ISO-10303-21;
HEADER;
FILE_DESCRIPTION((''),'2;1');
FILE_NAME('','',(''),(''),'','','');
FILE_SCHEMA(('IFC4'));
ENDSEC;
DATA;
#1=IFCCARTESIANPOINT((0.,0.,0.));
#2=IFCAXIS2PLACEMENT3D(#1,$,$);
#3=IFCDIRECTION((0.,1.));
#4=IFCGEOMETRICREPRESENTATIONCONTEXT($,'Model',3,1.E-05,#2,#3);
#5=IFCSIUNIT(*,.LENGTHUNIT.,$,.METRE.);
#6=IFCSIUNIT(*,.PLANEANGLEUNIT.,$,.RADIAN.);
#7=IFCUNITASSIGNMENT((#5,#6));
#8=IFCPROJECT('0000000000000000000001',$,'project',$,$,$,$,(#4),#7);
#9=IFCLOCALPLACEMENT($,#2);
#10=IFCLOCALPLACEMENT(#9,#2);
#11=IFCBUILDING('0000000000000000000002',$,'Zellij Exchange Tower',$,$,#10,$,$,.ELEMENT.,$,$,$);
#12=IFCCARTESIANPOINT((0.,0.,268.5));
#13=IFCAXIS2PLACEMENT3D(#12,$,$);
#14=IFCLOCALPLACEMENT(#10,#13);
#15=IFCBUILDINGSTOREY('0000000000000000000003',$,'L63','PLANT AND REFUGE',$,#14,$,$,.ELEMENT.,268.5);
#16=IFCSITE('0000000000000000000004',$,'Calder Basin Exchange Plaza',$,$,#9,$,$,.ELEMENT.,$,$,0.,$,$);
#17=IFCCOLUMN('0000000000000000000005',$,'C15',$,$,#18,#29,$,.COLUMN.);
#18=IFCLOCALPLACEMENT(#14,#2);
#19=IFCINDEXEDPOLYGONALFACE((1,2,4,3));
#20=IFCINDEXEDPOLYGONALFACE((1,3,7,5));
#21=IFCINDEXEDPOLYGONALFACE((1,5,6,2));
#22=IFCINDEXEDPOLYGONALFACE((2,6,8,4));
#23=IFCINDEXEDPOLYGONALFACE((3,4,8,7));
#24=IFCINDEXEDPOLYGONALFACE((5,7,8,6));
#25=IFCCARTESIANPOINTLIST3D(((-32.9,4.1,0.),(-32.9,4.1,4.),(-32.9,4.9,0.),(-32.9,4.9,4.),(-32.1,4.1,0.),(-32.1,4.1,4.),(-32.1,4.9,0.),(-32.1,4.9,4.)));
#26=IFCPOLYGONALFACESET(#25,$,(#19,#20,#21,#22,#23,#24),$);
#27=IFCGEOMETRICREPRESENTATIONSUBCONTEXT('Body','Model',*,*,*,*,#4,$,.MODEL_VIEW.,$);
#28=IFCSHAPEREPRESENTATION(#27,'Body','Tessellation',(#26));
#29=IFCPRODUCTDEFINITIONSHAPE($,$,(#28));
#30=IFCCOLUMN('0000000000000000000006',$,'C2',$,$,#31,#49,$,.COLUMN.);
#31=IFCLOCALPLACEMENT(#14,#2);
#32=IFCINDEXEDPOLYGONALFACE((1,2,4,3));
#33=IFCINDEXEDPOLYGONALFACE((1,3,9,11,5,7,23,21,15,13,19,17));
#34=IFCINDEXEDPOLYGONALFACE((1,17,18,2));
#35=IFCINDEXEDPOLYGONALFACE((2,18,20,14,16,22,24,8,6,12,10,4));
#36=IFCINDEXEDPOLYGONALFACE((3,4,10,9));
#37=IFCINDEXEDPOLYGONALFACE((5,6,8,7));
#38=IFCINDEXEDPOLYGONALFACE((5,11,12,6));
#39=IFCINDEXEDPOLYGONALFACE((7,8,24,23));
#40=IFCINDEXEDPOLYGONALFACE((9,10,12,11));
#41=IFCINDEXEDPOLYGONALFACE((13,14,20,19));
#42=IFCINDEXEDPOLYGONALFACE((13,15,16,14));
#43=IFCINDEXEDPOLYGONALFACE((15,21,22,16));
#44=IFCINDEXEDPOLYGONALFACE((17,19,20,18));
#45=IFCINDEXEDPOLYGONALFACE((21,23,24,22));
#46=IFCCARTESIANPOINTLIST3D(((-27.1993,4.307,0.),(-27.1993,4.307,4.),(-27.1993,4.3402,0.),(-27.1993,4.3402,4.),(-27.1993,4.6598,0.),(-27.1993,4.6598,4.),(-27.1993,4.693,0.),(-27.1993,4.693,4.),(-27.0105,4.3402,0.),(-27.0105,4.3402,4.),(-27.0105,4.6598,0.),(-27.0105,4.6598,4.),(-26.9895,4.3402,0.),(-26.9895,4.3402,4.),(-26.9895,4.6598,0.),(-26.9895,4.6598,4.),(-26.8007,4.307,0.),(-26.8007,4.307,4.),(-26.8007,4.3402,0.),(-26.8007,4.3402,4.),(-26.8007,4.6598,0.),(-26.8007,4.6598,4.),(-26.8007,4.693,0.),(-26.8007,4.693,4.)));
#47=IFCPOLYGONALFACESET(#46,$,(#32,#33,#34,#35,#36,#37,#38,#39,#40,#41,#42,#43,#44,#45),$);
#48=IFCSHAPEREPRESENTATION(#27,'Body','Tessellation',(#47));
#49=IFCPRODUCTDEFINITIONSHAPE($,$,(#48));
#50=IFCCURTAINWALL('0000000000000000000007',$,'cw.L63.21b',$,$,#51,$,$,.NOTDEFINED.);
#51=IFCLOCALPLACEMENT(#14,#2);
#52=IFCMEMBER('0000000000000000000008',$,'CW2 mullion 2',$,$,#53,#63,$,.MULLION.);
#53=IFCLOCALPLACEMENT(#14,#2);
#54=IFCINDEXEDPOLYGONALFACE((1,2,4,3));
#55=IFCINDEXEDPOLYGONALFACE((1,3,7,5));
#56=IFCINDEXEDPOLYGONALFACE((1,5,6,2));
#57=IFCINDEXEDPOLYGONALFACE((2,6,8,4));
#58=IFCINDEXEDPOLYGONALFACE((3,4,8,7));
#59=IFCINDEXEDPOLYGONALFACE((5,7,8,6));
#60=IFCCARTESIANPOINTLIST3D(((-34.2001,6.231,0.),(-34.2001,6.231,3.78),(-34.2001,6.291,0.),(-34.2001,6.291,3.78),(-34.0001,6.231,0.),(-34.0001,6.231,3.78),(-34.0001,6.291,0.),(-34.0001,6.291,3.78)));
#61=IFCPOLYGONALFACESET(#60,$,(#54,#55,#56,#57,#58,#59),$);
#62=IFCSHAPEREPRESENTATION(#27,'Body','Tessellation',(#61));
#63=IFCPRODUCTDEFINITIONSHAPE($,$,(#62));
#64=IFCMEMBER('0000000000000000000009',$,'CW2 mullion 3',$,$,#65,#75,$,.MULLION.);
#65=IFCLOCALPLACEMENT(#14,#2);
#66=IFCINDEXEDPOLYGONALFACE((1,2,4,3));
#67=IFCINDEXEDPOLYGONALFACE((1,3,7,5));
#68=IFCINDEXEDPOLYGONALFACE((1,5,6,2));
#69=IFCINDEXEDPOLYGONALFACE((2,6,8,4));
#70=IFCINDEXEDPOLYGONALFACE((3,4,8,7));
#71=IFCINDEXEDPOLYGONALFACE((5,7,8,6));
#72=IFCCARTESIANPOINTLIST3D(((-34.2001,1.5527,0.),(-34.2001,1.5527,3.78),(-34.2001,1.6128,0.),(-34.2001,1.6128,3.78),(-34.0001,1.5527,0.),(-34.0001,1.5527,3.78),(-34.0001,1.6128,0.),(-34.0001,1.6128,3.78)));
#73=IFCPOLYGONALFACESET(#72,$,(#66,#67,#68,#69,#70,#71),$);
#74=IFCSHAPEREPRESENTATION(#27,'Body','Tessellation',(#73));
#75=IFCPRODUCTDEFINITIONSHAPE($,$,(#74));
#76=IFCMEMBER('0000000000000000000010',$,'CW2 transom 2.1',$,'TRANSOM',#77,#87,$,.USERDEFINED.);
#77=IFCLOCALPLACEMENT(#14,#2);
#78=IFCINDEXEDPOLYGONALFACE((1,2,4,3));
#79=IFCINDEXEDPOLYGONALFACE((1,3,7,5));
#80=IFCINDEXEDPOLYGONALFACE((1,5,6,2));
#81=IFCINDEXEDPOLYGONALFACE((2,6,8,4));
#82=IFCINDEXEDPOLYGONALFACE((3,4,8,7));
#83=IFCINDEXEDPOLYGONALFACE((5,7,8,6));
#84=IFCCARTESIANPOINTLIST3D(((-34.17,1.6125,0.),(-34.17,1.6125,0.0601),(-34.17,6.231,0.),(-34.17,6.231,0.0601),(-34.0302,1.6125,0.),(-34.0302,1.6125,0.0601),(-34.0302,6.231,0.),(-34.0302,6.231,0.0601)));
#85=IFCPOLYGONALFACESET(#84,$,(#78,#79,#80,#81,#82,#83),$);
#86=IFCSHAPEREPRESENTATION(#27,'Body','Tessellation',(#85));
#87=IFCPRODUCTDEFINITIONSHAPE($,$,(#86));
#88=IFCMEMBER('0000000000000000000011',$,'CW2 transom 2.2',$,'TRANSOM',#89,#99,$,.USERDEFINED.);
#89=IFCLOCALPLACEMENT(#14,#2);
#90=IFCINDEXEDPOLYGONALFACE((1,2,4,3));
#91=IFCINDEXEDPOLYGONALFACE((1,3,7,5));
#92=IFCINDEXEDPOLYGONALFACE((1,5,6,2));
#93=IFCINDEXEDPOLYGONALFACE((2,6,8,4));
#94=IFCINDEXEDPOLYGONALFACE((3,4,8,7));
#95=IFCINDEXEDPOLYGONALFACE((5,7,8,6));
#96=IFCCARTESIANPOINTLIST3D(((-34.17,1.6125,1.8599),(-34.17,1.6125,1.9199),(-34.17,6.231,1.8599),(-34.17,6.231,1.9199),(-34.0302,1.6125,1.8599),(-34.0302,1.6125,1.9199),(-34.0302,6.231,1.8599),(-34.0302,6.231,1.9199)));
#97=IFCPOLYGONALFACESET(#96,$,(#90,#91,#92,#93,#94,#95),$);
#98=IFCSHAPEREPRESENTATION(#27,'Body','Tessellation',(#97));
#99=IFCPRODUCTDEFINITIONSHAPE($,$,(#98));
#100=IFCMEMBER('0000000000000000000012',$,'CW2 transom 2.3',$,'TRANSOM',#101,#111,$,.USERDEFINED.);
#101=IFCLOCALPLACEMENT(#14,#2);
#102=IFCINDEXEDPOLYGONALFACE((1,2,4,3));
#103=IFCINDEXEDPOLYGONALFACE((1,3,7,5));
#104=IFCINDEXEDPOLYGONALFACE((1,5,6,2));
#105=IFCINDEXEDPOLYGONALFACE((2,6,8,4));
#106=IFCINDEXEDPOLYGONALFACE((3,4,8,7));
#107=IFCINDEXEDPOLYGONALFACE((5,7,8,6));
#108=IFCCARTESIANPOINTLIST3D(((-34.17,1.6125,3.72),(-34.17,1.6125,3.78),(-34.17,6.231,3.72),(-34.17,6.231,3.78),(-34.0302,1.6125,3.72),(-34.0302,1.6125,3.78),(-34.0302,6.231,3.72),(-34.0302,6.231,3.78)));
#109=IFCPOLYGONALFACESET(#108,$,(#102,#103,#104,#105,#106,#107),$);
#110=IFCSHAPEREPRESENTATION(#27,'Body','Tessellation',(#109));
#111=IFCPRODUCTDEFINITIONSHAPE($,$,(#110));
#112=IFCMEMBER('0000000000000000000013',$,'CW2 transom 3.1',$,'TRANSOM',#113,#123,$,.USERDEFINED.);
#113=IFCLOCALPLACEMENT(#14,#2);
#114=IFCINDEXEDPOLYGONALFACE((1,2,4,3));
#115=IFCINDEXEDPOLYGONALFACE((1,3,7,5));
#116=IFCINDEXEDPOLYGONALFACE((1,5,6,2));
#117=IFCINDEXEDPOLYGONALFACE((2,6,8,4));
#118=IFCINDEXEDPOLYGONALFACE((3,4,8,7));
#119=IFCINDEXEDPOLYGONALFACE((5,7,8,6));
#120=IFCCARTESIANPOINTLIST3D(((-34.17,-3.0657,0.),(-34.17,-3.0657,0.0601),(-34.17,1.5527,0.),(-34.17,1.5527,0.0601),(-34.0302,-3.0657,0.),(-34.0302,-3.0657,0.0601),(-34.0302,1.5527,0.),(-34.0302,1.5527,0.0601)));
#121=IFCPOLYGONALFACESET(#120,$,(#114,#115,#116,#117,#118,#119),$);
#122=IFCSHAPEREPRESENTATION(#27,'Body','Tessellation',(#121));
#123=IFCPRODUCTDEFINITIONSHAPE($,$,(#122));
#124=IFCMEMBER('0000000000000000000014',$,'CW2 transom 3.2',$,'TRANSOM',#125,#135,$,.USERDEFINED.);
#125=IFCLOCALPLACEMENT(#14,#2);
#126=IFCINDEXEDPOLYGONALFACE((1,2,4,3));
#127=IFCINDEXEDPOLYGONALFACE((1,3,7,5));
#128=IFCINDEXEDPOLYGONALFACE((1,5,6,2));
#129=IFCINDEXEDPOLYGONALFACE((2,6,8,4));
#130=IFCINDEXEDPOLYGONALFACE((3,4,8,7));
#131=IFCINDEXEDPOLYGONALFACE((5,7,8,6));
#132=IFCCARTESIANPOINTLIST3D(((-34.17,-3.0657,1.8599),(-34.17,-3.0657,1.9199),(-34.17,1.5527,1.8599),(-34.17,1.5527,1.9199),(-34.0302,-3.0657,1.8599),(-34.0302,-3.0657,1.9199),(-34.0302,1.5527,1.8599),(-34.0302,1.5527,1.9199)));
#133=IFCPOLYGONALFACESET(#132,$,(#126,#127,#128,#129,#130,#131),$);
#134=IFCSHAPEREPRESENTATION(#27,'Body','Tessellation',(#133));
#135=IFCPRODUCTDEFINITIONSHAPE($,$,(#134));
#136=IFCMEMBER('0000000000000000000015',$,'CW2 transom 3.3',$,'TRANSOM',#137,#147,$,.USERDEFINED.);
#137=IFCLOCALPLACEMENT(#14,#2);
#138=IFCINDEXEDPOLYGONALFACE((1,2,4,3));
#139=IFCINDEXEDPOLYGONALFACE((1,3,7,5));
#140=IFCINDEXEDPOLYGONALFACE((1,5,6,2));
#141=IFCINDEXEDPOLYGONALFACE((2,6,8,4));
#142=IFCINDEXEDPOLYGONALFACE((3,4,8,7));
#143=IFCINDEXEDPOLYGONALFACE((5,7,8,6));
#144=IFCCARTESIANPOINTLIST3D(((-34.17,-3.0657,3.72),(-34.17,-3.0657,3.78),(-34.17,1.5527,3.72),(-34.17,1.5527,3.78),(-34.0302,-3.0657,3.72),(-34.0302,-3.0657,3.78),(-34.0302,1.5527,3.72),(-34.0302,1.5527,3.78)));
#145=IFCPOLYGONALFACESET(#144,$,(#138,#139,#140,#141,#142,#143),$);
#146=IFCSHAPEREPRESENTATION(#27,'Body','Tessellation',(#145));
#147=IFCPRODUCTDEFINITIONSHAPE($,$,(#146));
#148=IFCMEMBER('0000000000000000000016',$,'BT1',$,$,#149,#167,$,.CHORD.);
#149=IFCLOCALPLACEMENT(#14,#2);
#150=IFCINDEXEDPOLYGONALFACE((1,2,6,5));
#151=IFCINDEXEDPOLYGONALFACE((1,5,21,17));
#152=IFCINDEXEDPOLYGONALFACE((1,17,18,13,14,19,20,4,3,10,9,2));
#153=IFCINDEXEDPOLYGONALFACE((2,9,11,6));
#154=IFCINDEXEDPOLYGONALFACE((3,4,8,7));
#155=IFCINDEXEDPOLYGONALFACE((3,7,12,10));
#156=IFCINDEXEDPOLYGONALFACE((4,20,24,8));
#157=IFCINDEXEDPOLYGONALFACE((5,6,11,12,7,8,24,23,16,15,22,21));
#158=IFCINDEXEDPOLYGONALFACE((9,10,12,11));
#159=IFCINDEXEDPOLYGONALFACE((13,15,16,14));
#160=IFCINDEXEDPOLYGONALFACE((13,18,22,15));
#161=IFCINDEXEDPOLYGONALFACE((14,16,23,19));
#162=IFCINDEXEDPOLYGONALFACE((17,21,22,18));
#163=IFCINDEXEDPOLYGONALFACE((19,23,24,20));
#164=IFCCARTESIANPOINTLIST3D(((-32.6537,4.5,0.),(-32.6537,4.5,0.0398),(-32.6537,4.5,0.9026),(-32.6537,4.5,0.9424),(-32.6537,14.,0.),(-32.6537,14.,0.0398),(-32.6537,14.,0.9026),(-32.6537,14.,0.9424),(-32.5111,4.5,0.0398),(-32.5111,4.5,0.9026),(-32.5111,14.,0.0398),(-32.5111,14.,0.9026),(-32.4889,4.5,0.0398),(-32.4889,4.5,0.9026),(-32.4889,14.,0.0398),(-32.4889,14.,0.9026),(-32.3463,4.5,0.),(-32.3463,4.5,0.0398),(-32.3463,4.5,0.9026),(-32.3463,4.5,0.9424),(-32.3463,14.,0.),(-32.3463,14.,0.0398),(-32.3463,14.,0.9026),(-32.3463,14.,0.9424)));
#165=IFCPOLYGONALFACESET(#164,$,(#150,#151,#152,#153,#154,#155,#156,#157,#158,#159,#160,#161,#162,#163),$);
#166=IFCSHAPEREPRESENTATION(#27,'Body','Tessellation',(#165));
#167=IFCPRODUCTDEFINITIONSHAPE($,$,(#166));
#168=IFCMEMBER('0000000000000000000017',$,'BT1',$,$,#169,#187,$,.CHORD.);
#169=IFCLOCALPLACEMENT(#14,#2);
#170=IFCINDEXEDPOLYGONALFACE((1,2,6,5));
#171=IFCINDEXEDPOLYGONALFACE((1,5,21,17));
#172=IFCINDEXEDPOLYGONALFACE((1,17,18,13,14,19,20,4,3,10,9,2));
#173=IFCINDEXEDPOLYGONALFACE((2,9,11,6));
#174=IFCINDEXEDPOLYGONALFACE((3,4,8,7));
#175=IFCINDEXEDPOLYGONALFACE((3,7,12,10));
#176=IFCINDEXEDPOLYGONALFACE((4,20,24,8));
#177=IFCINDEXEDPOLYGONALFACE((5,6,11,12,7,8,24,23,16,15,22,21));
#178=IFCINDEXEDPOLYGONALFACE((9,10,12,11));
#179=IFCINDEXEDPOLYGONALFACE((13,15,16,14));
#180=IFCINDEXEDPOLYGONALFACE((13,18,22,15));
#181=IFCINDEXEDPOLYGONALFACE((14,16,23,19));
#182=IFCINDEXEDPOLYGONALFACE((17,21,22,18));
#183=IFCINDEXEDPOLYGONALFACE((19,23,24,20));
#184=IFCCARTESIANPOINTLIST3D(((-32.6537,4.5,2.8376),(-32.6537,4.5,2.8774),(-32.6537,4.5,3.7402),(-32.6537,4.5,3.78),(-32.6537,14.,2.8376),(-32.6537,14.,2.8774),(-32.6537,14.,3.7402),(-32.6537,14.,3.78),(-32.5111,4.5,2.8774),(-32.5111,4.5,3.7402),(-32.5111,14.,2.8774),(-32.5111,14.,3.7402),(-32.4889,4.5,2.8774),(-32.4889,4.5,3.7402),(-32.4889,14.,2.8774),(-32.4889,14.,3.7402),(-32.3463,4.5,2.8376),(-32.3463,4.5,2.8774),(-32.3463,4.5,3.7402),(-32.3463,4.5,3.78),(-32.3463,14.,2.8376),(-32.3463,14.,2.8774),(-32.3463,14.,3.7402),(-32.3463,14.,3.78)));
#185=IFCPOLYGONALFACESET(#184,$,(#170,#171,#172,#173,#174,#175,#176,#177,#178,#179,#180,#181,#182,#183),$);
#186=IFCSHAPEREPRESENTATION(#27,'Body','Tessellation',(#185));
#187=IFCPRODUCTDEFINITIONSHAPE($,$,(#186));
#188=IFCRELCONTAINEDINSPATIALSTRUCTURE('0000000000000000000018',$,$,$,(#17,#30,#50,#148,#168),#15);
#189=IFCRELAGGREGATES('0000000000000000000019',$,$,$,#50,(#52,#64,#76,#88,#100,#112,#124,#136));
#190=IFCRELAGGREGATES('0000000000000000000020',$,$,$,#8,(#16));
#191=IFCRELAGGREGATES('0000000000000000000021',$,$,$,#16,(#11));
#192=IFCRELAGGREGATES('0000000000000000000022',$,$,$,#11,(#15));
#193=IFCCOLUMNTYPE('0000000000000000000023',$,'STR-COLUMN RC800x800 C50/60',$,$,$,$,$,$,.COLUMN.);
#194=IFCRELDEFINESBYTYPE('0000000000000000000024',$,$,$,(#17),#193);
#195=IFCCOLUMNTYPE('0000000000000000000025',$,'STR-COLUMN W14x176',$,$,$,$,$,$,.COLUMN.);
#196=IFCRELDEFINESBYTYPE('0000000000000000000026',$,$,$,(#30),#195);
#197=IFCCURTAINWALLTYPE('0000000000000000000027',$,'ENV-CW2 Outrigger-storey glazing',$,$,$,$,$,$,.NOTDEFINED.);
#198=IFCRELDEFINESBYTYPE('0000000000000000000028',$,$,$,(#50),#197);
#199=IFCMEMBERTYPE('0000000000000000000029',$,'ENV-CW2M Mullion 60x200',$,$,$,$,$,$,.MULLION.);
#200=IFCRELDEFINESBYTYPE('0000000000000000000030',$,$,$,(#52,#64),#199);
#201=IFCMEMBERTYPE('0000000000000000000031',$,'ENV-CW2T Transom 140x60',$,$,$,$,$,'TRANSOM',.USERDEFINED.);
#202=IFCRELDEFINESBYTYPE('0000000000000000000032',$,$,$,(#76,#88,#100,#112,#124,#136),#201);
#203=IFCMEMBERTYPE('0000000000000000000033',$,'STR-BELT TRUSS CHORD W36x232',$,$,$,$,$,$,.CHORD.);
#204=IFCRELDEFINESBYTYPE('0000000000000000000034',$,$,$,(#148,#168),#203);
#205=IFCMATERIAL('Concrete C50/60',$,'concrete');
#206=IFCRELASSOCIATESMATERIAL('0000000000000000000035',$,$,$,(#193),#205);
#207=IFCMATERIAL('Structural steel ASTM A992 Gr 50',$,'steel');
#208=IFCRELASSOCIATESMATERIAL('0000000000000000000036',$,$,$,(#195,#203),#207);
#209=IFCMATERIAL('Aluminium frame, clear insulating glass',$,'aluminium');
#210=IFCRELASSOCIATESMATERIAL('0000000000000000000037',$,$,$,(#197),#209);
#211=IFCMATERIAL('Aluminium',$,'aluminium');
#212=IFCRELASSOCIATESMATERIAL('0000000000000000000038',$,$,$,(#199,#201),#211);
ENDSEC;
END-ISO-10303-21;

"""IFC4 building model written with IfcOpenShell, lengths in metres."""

from ifc_helpers import new_model, si_unit, direction, frame, origin, origin_2d, place, context, subcontext, project, spatial, rectangle, i_section, extrude, material, material_profile, profile_set, type_object, element, aggregate, save


model = new_model("IFC4")

# Units and contexts
model_context = context("Model", 3, precision=1e-05, world=origin(), true_north=direction((0.0, 1.0)))
body_context = subcontext(model_context, "Body", "Model", "MODEL_VIEW")
ifc_project = project(units=[si_unit("LENGTHUNIT", "METRE"), si_unit("PLANEANGLEUNIT", "RADIAN")], contexts=[model_context])

# Site, building, storey
site_placement = place(None, origin())
site = spatial("IfcSite", under=ifc_project, at=site_placement, Name="Calder Basin Exchange Plaza", CompositionType="ELEMENT", RefElevation=0.0)
building_placement = place(site_placement, origin())
building = spatial("IfcBuilding", under=site, at=building_placement, Name="Zellij Exchange Tower", CompositionType="ELEMENT")
storey_placement = place(building_placement, frame((0.0, 0.0, 268.5)))
storey = spatial("IfcBuildingStorey", under=building, at=storey_placement, Name="L63", Description="PLANT AND REFUGE", CompositionType="ELEMENT", Elevation=268.5)

# Columns
ifc_material_1 = material(Name="Concrete C50/60", Category="concrete")
ifc_material_profile_1 = material_profile(ifc_material_1, rectangle(XDim=0.8, YDim=0.8, at=origin_2d()), Name="STR-COLUMN RC800x800 C50/60")
ifc_profile_set_1 = profile_set([ifc_material_profile_1], Name="Concrete C50/60")
column_type_1 = type_object("IfcColumnType", Name="STR-COLUMN RC800x800 C50/60", PredefinedType="COLUMN", material=ifc_profile_set_1)
column_1_placement = place(storey_placement, frame((-32.5, 4.5, 0.0), z_axis=(0.0, 0.0, 1.0), x_axis=(1.0, 0.0, 0.0)))
element("IfcColumn", 1, at=column_1_placement, inside=storey, type_object=column_type_1, Name="C15", PredefinedType="COLUMN", context=body_context, shape_type="SweptSolid", body=[
    extrude(rectangle(XDim=0.8, YDim=0.8, at=origin_2d()), origin(), (0.0, 0.0, 1.0), 4.0),
])
ifc_material_2 = material(Name="Structural steel ASTM A992 Gr 50", Category="steel")
ifc_material_profile_2 = material_profile(ifc_material_2, i_section(OverallWidth=0.3987, OverallDepth=0.386, WebThickness=0.021, FlangeThickness=0.0332, at=origin_2d()), Name="W14x176")
ifc_profile_set_2 = profile_set([ifc_material_profile_2], Name="Structural steel ASTM A992 Gr 50")
column_type_2 = type_object("IfcColumnType", Name="STR-COLUMN W14x176", PredefinedType="COLUMN", material=ifc_profile_set_2)
column_2_placement = place(storey_placement, frame((-27.0, 4.5, 0.0), z_axis=(0.0, 0.0, 1.0), x_axis=(1.0, 0.0, 0.0)))
element("IfcColumn", 2, at=column_2_placement, inside=storey, type_object=column_type_2, Name="C2", PredefinedType="COLUMN", context=body_context, shape_type="SweptSolid", body=[
    extrude(i_section(OverallWidth=0.3987, OverallDepth=0.386, WebThickness=0.021, FlangeThickness=0.0332, at=origin_2d()), origin(), (0.0, 0.0, 1.0), 4.0),
])

# Curtain wall, members
ifc_material_3 = material(Name="Aluminium frame, clear insulating glass", Category="aluminium")
curtain_wall_type = type_object("IfcCurtainWallType", Name="ENV-CW2 Outrigger-storey glazing", PredefinedType="NOTDEFINED", material=ifc_material_3)
curtain_wall_placement = place(storey_placement, origin())
curtain_wall = element("IfcCurtainWall", 3, at=curtain_wall_placement, inside=storey, type_object=curtain_wall_type, Name="cw.L63.21b", PredefinedType="NOTDEFINED")
ifc_material_4 = material(Name="Aluminium", Category="aluminium")
ifc_material_profile_3 = material_profile(ifc_material_4, rectangle(XDim=0.0601, YDim=0.2, at=origin_2d()), Name="AL 60x200")
ifc_profile_set_3 = profile_set([ifc_material_profile_3], Name="Aluminium")
member_type_1 = type_object("IfcMemberType", Name="ENV-CW2M Mullion 60x200", PredefinedType="MULLION", material=ifc_profile_set_3)
member_1_placement = place(storey_placement, frame((-34.1001, 6.261, 0.0), z_axis=(0.0, 0.0, 1.0), x_axis=(0.0, -1.0, 0.0)))
member_1 = element("IfcMember", 4, at=member_1_placement, type_object=member_type_1, Name="CW2 mullion 2", PredefinedType="MULLION", context=body_context, shape_type="SweptSolid", body=[
    extrude(rectangle(XDim=0.0601, YDim=0.2, at=origin_2d()), origin(), (0.0, 0.0, 1.0), 3.78),
])
member_2_placement = place(storey_placement, frame((-34.1001, 1.5828, 0.0), z_axis=(0.0, 0.0, 1.0), x_axis=(0.0, -1.0, 0.0)))
member_2 = element("IfcMember", 5, at=member_2_placement, type_object=member_type_1, Name="CW2 mullion 3", PredefinedType="MULLION", context=body_context, shape_type="SweptSolid", body=[
    extrude(rectangle(XDim=0.0601, YDim=0.2, at=origin_2d()), origin(), (0.0, 0.0, 1.0), 3.78),
])
ifc_material_profile_4 = material_profile(ifc_material_4, rectangle(XDim=0.1399, YDim=0.0601, at=origin_2d()), Name="AL 140x60")
ifc_profile_set_4 = profile_set([ifc_material_profile_4], Name="Aluminium")
member_type_2 = type_object("IfcMemberType", Name="ENV-CW2T Transom 140x60", ElementType="TRANSOM", PredefinedType="USERDEFINED", material=ifc_profile_set_4)
member_3_placement = place(storey_placement, frame((-34.1001, 6.231, 0.03), z_axis=(0.0, -1.0, 0.0), x_axis=(1.0, 0.0, 0.0)))
member_3 = element("IfcMember", 6, at=member_3_placement, type_object=member_type_2, Name="CW2 transom 2.1", ObjectType="TRANSOM", PredefinedType="USERDEFINED", context=body_context, shape_type="SweptSolid", body=[
    extrude(rectangle(XDim=0.1399, YDim=0.0601, at=origin_2d()), origin(), (0.0, 0.0, 1.0), 4.6184),
])
member_4_placement = place(storey_placement, frame((-34.1001, 6.231, 1.8899), z_axis=(0.0, -1.0, 0.0), x_axis=(1.0, 0.0, 0.0)))
member_4 = element("IfcMember", 7, at=member_4_placement, type_object=member_type_2, Name="CW2 transom 2.2", ObjectType="TRANSOM", PredefinedType="USERDEFINED", context=body_context, shape_type="SweptSolid", body=[
    extrude(rectangle(XDim=0.1399, YDim=0.0601, at=origin_2d()), origin(), (0.0, 0.0, 1.0), 4.6184),
])
member_5_placement = place(storey_placement, frame((-34.1001, 6.231, 3.75), z_axis=(0.0, -1.0, 0.0), x_axis=(1.0, 0.0, 0.0)))
member_5 = element("IfcMember", 8, at=member_5_placement, type_object=member_type_2, Name="CW2 transom 2.3", ObjectType="TRANSOM", PredefinedType="USERDEFINED", context=body_context, shape_type="SweptSolid", body=[
    extrude(rectangle(XDim=0.1399, YDim=0.0601, at=origin_2d()), origin(), (0.0, 0.0, 1.0), 4.6184),
])
member_6_placement = place(storey_placement, frame((-34.1001, 1.5527, 0.03), z_axis=(0.0, -1.0, 0.0), x_axis=(1.0, 0.0, 0.0)))
member_6 = element("IfcMember", 9, at=member_6_placement, type_object=member_type_2, Name="CW2 transom 3.1", ObjectType="TRANSOM", PredefinedType="USERDEFINED", context=body_context, shape_type="SweptSolid", body=[
    extrude(rectangle(XDim=0.1399, YDim=0.0601, at=origin_2d()), origin(), (0.0, 0.0, 1.0), 4.6184),
])
member_7_placement = place(storey_placement, frame((-34.1001, 1.5527, 1.8899), z_axis=(0.0, -1.0, 0.0), x_axis=(1.0, 0.0, 0.0)))
member_7 = element("IfcMember", 10, at=member_7_placement, type_object=member_type_2, Name="CW2 transom 3.2", ObjectType="TRANSOM", PredefinedType="USERDEFINED", context=body_context, shape_type="SweptSolid", body=[
    extrude(rectangle(XDim=0.1399, YDim=0.0601, at=origin_2d()), origin(), (0.0, 0.0, 1.0), 4.6184),
])
member_8_placement = place(storey_placement, frame((-34.1001, 1.5527, 3.75), z_axis=(0.0, -1.0, 0.0), x_axis=(1.0, 0.0, 0.0)))
member_8 = element("IfcMember", 11, at=member_8_placement, type_object=member_type_2, Name="CW2 transom 3.3", ObjectType="TRANSOM", PredefinedType="USERDEFINED", context=body_context, shape_type="SweptSolid", body=[
    extrude(rectangle(XDim=0.1399, YDim=0.0601, at=origin_2d()), origin(), (0.0, 0.0, 1.0), 4.6184),
])

# Members
ifc_material_profile_5 = material_profile(ifc_material_2, i_section(OverallWidth=0.3074, OverallDepth=0.9424, WebThickness=0.0222, FlangeThickness=0.0398, at=origin_2d()), Name="W36x232")
ifc_profile_set_5 = profile_set([ifc_material_profile_5], Name="Structural steel ASTM A992 Gr 50")
member_type_3 = type_object("IfcMemberType", Name="STR-BELT TRUSS CHORD W36x232", PredefinedType="CHORD", material=ifc_profile_set_5)
for number, where, z_axis, x_axis, name in (
    (12, (-32.5, 4.5, 0.4712), (0.0, 1.0, 0.0), (-1.0, 0.0, 0.0), "BT1"),
    (13, (-32.5, 4.5, 3.3088), (0.0, 1.0, 0.0), (-1.0, 0.0, 0.0), "BT1"),
):
    element("IfcMember", number, at=place(storey_placement, frame(where, z_axis=z_axis, x_axis=x_axis)), inside=storey, type_object=member_type_3, Name=name, PredefinedType="CHORD", context=body_context, shape_type="SweptSolid", body=[
        extrude(i_section(OverallWidth=0.3074, OverallDepth=0.9424, WebThickness=0.0222, FlangeThickness=0.0398, at=origin_2d()), origin(), (0.0, 0.0, 1.0), 9.5),
    ])

aggregate(curtain_wall, [member_1, member_2, member_3, member_4, member_5, member_6, member_7, member_8])

save(model, "model.ifc")
